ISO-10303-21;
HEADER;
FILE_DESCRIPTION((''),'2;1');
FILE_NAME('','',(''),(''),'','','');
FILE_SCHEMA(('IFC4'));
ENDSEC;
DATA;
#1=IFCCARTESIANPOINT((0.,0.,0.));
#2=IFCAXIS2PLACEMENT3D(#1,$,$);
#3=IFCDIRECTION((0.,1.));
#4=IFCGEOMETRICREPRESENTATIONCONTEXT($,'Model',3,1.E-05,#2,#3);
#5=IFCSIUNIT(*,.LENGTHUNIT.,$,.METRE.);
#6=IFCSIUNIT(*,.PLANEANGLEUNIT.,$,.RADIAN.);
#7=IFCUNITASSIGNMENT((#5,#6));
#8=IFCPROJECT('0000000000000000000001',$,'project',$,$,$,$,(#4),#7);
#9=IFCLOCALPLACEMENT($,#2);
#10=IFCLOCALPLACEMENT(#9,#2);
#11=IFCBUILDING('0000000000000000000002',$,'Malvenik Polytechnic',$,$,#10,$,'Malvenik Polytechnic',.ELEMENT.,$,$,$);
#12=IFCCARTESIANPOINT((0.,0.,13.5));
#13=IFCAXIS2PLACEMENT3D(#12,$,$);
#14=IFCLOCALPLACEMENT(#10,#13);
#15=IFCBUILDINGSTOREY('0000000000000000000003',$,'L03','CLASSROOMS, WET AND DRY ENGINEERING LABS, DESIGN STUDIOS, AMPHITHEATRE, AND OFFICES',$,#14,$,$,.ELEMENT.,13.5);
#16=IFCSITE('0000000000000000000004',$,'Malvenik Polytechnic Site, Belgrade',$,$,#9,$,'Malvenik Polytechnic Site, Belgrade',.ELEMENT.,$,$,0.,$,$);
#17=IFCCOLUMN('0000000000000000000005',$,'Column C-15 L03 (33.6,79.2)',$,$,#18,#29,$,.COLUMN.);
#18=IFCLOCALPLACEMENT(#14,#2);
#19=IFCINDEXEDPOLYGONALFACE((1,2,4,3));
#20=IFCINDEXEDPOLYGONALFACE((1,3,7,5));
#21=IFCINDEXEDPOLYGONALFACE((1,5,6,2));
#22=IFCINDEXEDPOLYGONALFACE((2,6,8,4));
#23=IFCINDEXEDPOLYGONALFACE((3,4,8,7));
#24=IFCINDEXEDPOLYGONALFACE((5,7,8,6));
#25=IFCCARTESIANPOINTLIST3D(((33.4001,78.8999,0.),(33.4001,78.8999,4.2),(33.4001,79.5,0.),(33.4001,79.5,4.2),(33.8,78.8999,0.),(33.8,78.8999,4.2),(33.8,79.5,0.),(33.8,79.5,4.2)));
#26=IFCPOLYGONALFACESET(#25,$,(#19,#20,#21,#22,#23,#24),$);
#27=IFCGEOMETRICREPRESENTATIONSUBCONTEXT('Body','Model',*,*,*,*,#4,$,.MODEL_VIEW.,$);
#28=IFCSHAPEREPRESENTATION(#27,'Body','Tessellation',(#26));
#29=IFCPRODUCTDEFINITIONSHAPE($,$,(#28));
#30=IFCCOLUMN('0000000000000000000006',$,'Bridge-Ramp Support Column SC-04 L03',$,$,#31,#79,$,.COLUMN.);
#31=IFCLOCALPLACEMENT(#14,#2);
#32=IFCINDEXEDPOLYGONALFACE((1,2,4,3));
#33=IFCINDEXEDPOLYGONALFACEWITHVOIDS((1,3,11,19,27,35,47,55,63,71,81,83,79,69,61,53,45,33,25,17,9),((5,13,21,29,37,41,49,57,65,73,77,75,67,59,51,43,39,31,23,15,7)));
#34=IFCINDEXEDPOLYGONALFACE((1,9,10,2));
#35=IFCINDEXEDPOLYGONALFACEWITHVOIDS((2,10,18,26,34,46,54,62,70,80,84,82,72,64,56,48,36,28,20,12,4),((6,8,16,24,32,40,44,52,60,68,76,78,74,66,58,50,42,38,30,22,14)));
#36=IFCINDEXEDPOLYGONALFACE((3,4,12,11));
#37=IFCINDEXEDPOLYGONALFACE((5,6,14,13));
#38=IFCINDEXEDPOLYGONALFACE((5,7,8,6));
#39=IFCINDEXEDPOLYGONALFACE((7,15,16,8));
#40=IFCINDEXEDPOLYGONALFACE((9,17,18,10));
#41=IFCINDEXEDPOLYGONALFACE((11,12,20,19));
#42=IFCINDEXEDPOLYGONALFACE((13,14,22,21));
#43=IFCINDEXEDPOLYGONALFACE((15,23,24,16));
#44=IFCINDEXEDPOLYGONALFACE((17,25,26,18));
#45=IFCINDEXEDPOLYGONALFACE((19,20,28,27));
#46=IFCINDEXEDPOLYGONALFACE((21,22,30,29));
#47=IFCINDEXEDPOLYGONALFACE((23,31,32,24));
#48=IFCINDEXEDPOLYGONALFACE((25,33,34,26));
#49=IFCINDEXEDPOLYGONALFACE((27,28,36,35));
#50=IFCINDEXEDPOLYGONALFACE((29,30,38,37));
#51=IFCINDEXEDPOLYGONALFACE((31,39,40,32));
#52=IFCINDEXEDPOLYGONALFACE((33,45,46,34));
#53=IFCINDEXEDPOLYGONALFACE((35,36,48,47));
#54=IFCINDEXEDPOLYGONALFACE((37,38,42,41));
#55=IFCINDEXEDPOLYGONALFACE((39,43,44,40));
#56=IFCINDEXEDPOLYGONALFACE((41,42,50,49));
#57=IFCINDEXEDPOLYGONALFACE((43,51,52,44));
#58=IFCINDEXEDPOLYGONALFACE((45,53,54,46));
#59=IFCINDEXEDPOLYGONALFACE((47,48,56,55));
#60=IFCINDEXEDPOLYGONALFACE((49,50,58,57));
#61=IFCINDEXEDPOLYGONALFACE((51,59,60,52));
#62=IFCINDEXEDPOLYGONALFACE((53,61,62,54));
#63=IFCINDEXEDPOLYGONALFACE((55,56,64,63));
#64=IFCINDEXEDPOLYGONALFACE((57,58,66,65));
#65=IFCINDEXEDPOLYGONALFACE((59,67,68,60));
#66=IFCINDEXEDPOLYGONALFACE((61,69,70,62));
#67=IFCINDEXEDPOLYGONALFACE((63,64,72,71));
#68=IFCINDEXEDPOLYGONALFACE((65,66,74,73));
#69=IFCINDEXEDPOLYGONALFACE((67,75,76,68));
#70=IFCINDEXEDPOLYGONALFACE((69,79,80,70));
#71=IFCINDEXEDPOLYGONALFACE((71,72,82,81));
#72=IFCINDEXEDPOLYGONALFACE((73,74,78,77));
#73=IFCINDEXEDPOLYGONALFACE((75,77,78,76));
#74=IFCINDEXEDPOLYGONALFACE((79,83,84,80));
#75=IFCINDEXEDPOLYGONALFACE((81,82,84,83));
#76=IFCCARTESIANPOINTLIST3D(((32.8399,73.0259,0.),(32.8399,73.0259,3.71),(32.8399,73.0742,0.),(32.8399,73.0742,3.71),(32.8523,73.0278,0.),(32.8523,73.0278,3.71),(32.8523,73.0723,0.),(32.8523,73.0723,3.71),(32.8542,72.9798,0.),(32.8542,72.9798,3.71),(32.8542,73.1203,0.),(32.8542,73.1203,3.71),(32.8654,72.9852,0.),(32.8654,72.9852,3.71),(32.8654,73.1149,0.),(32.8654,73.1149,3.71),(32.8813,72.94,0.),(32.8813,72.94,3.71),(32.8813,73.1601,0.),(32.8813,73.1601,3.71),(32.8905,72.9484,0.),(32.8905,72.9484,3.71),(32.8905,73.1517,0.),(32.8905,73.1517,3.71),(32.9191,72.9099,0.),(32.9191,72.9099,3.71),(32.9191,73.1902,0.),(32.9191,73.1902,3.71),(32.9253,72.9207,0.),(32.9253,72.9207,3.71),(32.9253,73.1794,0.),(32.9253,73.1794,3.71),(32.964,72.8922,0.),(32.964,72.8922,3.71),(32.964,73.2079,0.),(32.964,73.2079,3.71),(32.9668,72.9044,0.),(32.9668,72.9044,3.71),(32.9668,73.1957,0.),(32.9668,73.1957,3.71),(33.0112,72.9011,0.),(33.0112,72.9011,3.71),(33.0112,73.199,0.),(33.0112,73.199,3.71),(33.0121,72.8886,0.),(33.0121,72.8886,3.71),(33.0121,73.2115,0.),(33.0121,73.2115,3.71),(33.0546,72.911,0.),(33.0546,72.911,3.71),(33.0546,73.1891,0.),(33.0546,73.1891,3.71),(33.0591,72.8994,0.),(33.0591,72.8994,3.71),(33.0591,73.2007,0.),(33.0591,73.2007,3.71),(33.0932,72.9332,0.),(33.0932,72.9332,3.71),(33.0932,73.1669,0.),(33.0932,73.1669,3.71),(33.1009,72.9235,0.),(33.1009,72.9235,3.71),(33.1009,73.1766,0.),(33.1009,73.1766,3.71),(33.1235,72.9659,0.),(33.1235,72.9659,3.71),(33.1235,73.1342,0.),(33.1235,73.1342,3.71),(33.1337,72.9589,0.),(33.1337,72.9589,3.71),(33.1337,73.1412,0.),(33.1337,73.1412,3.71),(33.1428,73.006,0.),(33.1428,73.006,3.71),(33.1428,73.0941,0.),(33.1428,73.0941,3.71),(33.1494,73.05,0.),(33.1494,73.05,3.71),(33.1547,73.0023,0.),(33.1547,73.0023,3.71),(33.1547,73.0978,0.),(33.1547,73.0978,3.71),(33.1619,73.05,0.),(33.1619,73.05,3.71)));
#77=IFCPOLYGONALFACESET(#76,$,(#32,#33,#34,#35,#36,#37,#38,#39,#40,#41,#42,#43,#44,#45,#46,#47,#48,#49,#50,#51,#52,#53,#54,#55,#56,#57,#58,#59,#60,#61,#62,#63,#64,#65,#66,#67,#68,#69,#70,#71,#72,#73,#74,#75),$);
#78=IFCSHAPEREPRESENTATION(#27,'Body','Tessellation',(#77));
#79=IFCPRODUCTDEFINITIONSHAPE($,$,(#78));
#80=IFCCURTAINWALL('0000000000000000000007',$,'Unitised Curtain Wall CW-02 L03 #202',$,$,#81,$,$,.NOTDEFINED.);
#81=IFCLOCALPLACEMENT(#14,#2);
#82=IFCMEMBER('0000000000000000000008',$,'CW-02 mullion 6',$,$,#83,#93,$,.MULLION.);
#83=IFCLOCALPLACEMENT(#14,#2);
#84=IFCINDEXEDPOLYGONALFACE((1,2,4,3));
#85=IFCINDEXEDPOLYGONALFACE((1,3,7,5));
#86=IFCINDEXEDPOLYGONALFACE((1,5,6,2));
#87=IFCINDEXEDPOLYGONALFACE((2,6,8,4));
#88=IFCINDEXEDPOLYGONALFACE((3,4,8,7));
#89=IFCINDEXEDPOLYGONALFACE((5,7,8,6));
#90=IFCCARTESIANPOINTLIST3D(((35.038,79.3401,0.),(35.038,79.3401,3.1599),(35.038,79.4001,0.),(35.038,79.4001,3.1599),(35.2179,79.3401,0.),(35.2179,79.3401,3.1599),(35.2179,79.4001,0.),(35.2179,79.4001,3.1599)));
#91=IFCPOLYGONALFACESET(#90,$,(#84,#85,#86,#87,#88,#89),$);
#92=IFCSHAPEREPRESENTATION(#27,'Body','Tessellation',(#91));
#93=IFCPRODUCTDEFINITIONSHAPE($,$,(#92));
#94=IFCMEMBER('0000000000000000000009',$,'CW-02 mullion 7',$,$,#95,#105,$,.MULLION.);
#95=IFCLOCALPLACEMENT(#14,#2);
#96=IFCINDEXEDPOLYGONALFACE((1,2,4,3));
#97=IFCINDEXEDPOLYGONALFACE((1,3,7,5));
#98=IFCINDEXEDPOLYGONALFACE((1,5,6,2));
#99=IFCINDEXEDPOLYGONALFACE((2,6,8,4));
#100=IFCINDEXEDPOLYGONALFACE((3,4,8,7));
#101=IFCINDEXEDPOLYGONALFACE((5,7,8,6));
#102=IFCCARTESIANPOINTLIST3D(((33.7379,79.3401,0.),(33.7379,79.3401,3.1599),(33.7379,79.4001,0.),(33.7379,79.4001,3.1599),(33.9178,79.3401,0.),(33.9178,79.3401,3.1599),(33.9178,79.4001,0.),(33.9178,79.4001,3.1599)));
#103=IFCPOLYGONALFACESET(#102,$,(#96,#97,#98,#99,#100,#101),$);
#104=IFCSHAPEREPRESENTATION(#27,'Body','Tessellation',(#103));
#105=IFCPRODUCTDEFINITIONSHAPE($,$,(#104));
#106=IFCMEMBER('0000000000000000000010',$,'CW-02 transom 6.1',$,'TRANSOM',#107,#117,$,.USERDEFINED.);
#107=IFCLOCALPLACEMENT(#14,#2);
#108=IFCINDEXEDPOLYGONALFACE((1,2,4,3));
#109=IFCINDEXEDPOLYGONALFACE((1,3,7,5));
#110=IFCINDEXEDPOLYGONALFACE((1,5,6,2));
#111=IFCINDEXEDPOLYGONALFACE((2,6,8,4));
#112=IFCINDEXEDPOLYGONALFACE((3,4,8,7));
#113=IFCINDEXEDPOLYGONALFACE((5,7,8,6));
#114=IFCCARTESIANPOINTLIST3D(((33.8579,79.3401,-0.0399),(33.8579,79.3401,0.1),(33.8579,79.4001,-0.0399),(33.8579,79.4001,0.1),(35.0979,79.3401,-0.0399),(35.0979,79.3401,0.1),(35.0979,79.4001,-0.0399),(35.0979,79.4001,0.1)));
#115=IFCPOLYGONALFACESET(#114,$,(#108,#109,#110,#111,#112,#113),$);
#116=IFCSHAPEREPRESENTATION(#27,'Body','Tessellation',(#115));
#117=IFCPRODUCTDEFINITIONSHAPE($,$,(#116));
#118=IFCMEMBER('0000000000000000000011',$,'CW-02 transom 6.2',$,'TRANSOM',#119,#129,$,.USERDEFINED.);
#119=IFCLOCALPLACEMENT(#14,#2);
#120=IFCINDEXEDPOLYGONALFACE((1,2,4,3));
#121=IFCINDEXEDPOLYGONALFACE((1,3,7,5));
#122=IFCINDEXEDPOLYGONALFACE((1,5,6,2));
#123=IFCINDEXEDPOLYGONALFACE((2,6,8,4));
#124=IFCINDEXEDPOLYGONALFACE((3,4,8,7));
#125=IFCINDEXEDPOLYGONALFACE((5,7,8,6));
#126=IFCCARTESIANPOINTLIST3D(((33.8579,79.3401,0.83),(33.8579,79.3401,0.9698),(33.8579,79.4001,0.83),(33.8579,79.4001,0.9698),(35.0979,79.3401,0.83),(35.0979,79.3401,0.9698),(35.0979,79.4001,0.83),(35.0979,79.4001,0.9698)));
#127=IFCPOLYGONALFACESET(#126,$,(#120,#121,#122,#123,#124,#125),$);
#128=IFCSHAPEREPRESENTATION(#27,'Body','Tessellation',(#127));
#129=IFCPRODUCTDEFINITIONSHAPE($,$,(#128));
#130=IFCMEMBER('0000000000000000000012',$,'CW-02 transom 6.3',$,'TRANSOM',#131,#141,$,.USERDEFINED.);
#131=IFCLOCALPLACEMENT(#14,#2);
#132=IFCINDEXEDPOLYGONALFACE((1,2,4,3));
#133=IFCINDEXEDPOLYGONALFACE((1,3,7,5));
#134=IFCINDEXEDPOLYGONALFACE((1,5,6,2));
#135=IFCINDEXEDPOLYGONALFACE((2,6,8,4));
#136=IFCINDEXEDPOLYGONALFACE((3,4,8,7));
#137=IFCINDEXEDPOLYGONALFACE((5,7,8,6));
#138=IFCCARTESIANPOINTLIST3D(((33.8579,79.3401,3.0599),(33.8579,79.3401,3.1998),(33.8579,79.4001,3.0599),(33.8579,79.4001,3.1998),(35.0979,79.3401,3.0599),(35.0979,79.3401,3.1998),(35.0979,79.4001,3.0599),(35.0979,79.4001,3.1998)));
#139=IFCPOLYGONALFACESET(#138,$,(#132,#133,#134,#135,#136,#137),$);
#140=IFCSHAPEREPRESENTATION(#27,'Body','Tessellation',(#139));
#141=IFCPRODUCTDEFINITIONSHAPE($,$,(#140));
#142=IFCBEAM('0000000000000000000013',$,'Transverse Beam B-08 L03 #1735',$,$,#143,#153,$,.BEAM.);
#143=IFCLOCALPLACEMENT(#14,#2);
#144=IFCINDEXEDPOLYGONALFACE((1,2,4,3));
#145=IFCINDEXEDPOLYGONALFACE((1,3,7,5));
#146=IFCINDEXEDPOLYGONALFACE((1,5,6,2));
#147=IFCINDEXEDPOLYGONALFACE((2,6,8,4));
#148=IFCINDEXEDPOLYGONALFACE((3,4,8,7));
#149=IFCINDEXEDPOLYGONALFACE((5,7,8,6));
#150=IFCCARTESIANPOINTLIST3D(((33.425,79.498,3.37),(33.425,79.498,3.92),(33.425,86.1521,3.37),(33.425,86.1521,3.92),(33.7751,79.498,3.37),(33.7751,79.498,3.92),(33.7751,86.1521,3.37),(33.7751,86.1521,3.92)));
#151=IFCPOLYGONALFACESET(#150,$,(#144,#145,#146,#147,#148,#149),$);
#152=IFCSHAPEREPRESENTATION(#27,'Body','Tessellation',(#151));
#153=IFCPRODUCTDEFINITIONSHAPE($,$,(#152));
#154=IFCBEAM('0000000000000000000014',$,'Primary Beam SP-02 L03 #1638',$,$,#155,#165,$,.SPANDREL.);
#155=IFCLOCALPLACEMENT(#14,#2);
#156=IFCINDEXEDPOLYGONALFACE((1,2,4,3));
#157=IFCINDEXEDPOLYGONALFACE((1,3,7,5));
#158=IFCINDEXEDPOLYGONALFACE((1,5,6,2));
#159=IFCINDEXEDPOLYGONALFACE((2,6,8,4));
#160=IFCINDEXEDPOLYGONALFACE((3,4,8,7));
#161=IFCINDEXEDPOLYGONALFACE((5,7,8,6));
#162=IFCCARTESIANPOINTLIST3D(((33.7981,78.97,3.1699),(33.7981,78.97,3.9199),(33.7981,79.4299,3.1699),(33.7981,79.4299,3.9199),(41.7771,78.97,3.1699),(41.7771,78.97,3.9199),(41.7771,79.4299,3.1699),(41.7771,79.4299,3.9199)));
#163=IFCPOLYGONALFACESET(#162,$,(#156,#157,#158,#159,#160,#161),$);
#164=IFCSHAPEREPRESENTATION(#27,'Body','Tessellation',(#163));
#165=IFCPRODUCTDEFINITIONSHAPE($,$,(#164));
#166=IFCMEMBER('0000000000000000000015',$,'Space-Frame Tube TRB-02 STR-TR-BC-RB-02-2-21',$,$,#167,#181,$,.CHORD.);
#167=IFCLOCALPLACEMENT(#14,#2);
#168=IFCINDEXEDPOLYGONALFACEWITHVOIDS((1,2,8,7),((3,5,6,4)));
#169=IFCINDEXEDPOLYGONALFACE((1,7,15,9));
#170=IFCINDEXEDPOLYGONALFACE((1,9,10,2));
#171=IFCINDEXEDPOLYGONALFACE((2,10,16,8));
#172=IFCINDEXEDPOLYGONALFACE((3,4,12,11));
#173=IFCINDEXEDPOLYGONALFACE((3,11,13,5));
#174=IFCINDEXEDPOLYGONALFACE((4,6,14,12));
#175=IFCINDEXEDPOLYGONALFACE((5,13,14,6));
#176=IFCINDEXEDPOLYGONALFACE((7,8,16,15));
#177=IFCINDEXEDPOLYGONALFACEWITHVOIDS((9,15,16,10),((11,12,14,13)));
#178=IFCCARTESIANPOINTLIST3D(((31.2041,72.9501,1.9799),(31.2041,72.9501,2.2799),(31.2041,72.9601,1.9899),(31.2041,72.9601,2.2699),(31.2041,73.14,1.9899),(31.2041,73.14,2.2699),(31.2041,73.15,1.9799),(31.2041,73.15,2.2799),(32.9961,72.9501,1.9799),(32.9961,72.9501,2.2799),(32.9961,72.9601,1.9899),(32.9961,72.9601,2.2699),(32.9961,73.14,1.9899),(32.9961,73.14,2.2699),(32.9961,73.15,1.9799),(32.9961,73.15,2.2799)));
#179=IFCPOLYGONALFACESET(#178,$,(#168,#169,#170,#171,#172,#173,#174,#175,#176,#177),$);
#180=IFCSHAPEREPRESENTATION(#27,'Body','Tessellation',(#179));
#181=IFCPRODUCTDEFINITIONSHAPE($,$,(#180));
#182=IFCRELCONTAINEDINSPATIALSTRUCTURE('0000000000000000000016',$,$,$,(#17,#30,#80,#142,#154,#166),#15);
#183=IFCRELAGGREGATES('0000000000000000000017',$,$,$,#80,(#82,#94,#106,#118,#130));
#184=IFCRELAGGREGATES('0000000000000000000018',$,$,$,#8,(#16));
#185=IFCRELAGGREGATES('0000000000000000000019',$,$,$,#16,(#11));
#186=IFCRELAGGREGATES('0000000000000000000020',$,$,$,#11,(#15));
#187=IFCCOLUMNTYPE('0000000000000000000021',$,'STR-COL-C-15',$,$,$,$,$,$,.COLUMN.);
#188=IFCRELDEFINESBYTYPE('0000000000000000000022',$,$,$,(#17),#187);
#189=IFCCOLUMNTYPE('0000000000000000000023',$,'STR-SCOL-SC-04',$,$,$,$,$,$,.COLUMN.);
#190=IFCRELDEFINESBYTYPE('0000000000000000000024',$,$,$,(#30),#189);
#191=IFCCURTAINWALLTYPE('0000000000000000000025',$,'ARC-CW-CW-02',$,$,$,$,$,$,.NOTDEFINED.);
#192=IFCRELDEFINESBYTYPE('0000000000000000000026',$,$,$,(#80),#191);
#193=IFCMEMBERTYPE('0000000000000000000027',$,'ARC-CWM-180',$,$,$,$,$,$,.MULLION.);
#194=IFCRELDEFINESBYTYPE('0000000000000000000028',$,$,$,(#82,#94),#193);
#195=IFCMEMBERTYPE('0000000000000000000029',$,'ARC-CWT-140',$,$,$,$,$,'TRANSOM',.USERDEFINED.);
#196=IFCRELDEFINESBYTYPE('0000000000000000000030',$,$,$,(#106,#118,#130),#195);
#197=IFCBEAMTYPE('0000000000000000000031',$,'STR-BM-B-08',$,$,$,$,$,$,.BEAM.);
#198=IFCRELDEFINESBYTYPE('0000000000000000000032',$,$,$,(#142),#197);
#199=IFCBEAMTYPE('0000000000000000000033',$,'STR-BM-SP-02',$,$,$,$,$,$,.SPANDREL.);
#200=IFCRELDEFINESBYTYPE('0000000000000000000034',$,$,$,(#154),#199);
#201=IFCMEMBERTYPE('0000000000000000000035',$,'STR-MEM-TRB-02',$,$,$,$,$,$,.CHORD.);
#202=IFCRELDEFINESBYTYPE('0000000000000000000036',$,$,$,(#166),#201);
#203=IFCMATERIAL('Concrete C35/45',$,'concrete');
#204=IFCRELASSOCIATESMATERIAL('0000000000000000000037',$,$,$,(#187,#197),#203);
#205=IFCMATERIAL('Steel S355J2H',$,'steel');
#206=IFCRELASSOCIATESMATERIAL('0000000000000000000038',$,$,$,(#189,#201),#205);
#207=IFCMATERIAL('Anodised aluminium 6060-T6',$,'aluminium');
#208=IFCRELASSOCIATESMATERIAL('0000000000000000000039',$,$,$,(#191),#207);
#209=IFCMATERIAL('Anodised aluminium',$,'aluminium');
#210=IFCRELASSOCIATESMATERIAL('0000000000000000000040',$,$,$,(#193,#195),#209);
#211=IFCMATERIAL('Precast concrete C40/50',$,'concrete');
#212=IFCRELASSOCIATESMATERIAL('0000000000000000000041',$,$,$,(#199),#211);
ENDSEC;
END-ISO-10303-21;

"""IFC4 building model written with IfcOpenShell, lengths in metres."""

from ifc_helpers import new_model, si_unit, direction, frame, origin, origin_2d, place, context, subcontext, project, spatial, rectangle, hollow_rectangle, hollow_circle, extrude, material, material_profile, profile_set, type_object, element, aggregate, save


model = new_model("IFC4")

# Units and contexts
model_context = context("Model", 3, precision=1e-05, world=origin(), true_north=direction((0.0, 1.0)))
body_context = subcontext(model_context, "Body", "Model", "MODEL_VIEW")
ifc_project = project(units=[si_unit("LENGTHUNIT", "METRE"), si_unit("PLANEANGLEUNIT", "RADIAN")], contexts=[model_context])

# Site, building, storey
site_placement = place(None, origin())
site = spatial("IfcSite", under=ifc_project, at=site_placement, Name="Malvenik Polytechnic Site, Belgrade", LongName="Malvenik Polytechnic Site, Belgrade", CompositionType="ELEMENT", RefElevation=0.0)
building_placement = place(site_placement, origin())
building = spatial("IfcBuilding", under=site, at=building_placement, Name="Malvenik Polytechnic", LongName="Malvenik Polytechnic", CompositionType="ELEMENT")
storey_placement = place(building_placement, frame((0.0, 0.0, 13.5)))
storey = spatial("IfcBuildingStorey", under=building, at=storey_placement, Name="L03", Description="CLASSROOMS, WET AND DRY ENGINEERING LABS, DESIGN STUDIOS, AMPHITHEATRE, AND OFFICES", CompositionType="ELEMENT", Elevation=13.5)

# Columns
ifc_material_1 = material(Name="Concrete C35/45", Category="concrete")
ifc_material_profile_1 = material_profile(ifc_material_1, rectangle(XDim=0.3999, YDim=0.6001, at=origin_2d()), Name="RC COL 600x400")
ifc_profile_set_1 = profile_set([ifc_material_profile_1], Name="Concrete C35/45")
column_type_1 = type_object("IfcColumnType", Name="STR-COL-C-15", PredefinedType="COLUMN", material=ifc_profile_set_1)
column_1_placement = place(storey_placement, frame((33.6001, 79.2, 0.0), z_axis=(0.0, 0.0, 1.0), x_axis=(1.0, 0.0, 0.0)))
element("IfcColumn", 1, at=column_1_placement, inside=storey, type_object=column_type_1, Name="Column C-15 L03 (33.6,79.2)", PredefinedType="COLUMN", context=body_context, shape_type="SweptSolid", body=[
    extrude(rectangle(XDim=0.3999, YDim=0.6001, at=origin_2d()), origin(), (0.0, 0.0, 1.0), 4.2),
])
ifc_material_2 = material(Name="Steel S355J2H", Category="steel")
ifc_material_profile_2 = material_profile(ifc_material_2, hollow_circle(Radius=0.1619, WallThickness=0.0125, at=origin_2d()), Name="CHS 323.9x12.5")
ifc_profile_set_2 = profile_set([ifc_material_profile_2], Name="Steel S355J2H")
column_type_2 = type_object("IfcColumnType", Name="STR-SCOL-SC-04", PredefinedType="COLUMN", material=ifc_profile_set_2)
column_2_placement = place(storey_placement, frame((33.0, 73.05, 0.0), z_axis=(0.0, 0.0, 1.0), x_axis=(1.0, 0.0, 0.0)))
element("IfcColumn", 2, at=column_2_placement, inside=storey, type_object=column_type_2, Name="Bridge-Ramp Support Column SC-04 L03", PredefinedType="COLUMN", context=body_context, shape_type="SweptSolid", body=[
    extrude(hollow_circle(Radius=0.1619, WallThickness=0.0125, at=origin_2d()), origin(), (0.0, 0.0, 1.0), 3.71),
])

# Curtain wall, members
ifc_material_3 = material(Name="Anodised aluminium 6060-T6", Category="aluminium")
curtain_wall_type = type_object("IfcCurtainWallType", Name="ARC-CW-CW-02", PredefinedType="NOTDEFINED", material=ifc_material_3)
curtain_wall_placement = place(storey_placement, origin())
curtain_wall = element("IfcCurtainWall", 3, at=curtain_wall_placement, inside=storey, type_object=curtain_wall_type, Name="Unitised Curtain Wall CW-02 L03 #202", PredefinedType="NOTDEFINED")
ifc_material_4 = material(Name="Anodised aluminium", Category="aluminium")
ifc_material_profile_3 = material_profile(ifc_material_4, rectangle(XDim=0.0601, YDim=0.1799, at=origin_2d()), Name="ALU MULLION 60x180")
ifc_profile_set_3 = profile_set([ifc_material_profile_3], Name="Anodised aluminium")
member_type_1 = type_object("IfcMemberType", Name="ARC-CWM-180", PredefinedType="MULLION", material=ifc_profile_set_3)
member_1_placement = place(storey_placement, frame((35.1279, 79.3701, 0.0), z_axis=(0.0, 0.0, 1.0), x_axis=(0.0, -1.0, 0.0)))
member_1 = element("IfcMember", 4, at=member_1_placement, type_object=member_type_1, Name="CW-02 mullion 6", PredefinedType="MULLION", context=body_context, shape_type="SweptSolid", body=[
    extrude(rectangle(XDim=0.0601, YDim=0.1799, at=origin_2d()), origin(), (0.0, 0.0, 1.0), 3.1599),
])
member_2_placement = place(storey_placement, frame((33.8279, 79.3701, 0.0), z_axis=(0.0, 0.0, 1.0), x_axis=(0.0, -1.0, 0.0)))
member_2 = element("IfcMember", 5, at=member_2_placement, type_object=member_type_1, Name="CW-02 mullion 7", PredefinedType="MULLION", context=body_context, shape_type="SweptSolid", body=[
    extrude(rectangle(XDim=0.0601, YDim=0.1799, at=origin_2d()), origin(), (0.0, 0.0, 1.0), 3.1599),
])
ifc_material_profile_4 = material_profile(ifc_material_4, rectangle(XDim=0.0601, YDim=0.1399, at=origin_2d()), Name="ALU TRANSOM 60x140")
ifc_profile_set_4 = profile_set([ifc_material_profile_4], Name="Anodised aluminium")
member_type_2 = type_object("IfcMemberType", Name="ARC-CWT-140", ElementType="TRANSOM", PredefinedType="USERDEFINED", material=ifc_profile_set_4)
member_3_placement = place(storey_placement, frame((35.0979, 79.3701, 0.03), z_axis=(-1.0, 0.0, 0.0), x_axis=(0.0, -1.0, 0.0)))
member_3 = element("IfcMember", 6, at=member_3_placement, type_object=member_type_2, Name="CW-02 transom 6.1", ObjectType="TRANSOM", PredefinedType="USERDEFINED", context=body_context, shape_type="SweptSolid", body=[
    extrude(rectangle(XDim=0.0601, YDim=0.1399, at=origin_2d()), origin(), (0.0, 0.0, 1.0), 1.24),
])
member_4_placement = place(storey_placement, frame((35.0979, 79.3701, 0.8999), z_axis=(-1.0, 0.0, 0.0), x_axis=(0.0, -1.0, 0.0)))
member_4 = element("IfcMember", 7, at=member_4_placement, type_object=member_type_2, Name="CW-02 transom 6.2", ObjectType="TRANSOM", PredefinedType="USERDEFINED", context=body_context, shape_type="SweptSolid", body=[
    extrude(rectangle(XDim=0.0601, YDim=0.1399, at=origin_2d()), origin(), (0.0, 0.0, 1.0), 1.24),
])
member_5_placement = place(storey_placement, frame((35.0979, 79.3701, 3.1299), z_axis=(-1.0, 0.0, 0.0), x_axis=(0.0, -1.0, 0.0)))
member_5 = element("IfcMember", 8, at=member_5_placement, type_object=member_type_2, Name="CW-02 transom 6.3", ObjectType="TRANSOM", PredefinedType="USERDEFINED", context=body_context, shape_type="SweptSolid", body=[
    extrude(rectangle(XDim=0.0601, YDim=0.1399, at=origin_2d()), origin(), (0.0, 0.0, 1.0), 1.24),
])

# Beams
ifc_material_profile_5 = material_profile(ifc_material_1, rectangle(XDim=0.3501, YDim=0.55, at=origin_2d()), Name="RC BM 350x550")
ifc_profile_set_5 = profile_set([ifc_material_profile_5], Name="Concrete C35/45")
beam_type_1 = type_object("IfcBeamType", Name="STR-BM-B-08", PredefinedType="BEAM", material=ifc_profile_set_5)
beam_1_placement = place(storey_placement, frame((33.6001, 79.498, 3.645), z_axis=(0.0, 1.0, 0.0), x_axis=(-1.0, 0.0, 0.0)))
element("IfcBeam", 9, at=beam_1_placement, inside=storey, type_object=beam_type_1, Name="Transverse Beam B-08 L03 #1735", PredefinedType="BEAM", context=body_context, shape_type="SweptSolid", body=[
    extrude(rectangle(XDim=0.3501, YDim=0.55, at=origin_2d()), origin(), (0.0, 0.0, 1.0), 6.6541),
])
ifc_material_5 = material(Name="Precast concrete C40/50", Category="concrete")
ifc_material_profile_6 = material_profile(ifc_material_5, rectangle(XDim=0.46, YDim=0.75, at=origin_2d()), Name="PC SPN 460x750")
ifc_profile_set_6 = profile_set([ifc_material_profile_6], Name="Precast concrete C40/50")
beam_type_2 = type_object("IfcBeamType", Name="STR-BM-SP-02", PredefinedType="SPANDREL", material=ifc_profile_set_6)
beam_2_placement = place(storey_placement, frame((33.7981, 79.2, 3.5449), z_axis=(1.0, 0.0, 0.0), x_axis=(0.0, 1.0, 0.0)))
element("IfcBeam", 10, at=beam_2_placement, inside=storey, type_object=beam_type_2, Name="Primary Beam SP-02 L03 #1638", PredefinedType="SPANDREL", context=body_context, shape_type="SweptSolid", body=[
    extrude(rectangle(XDim=0.46, YDim=0.75, at=origin_2d()), origin(), (0.0, 0.0, 1.0), 7.979),
])

# Member
ifc_material_profile_7 = material_profile(ifc_material_2, hollow_rectangle(XDim=0.2, YDim=0.3, WallThickness=0.01, at=origin_2d()), Name="RHS 300x200x10.0")
ifc_profile_set_7 = profile_set([ifc_material_profile_7], Name="Steel S355J2H")
member_type_3 = type_object("IfcMemberType", Name="STR-MEM-TRB-02", PredefinedType="CHORD", material=ifc_profile_set_7)
member_6_placement = place(storey_placement, frame((32.9961, 73.05, 2.1299), z_axis=(-1.0, 0.0, 0.0), x_axis=(0.0, -1.0, 0.0)))
element("IfcMember", 11, at=member_6_placement, inside=storey, type_object=member_type_3, Name="Space-Frame Tube TRB-02 STR-TR-BC-RB-02-2-21", PredefinedType="CHORD", context=body_context, shape_type="SweptSolid", body=[
    extrude(hollow_rectangle(XDim=0.2, YDim=0.3, WallThickness=0.01, at=origin_2d()), origin(), (0.0, 0.0, 1.0), 1.792),
])

aggregate(curtain_wall, [member_1, member_2, member_3, member_4, member_5])

save(model, "model.ifc")
